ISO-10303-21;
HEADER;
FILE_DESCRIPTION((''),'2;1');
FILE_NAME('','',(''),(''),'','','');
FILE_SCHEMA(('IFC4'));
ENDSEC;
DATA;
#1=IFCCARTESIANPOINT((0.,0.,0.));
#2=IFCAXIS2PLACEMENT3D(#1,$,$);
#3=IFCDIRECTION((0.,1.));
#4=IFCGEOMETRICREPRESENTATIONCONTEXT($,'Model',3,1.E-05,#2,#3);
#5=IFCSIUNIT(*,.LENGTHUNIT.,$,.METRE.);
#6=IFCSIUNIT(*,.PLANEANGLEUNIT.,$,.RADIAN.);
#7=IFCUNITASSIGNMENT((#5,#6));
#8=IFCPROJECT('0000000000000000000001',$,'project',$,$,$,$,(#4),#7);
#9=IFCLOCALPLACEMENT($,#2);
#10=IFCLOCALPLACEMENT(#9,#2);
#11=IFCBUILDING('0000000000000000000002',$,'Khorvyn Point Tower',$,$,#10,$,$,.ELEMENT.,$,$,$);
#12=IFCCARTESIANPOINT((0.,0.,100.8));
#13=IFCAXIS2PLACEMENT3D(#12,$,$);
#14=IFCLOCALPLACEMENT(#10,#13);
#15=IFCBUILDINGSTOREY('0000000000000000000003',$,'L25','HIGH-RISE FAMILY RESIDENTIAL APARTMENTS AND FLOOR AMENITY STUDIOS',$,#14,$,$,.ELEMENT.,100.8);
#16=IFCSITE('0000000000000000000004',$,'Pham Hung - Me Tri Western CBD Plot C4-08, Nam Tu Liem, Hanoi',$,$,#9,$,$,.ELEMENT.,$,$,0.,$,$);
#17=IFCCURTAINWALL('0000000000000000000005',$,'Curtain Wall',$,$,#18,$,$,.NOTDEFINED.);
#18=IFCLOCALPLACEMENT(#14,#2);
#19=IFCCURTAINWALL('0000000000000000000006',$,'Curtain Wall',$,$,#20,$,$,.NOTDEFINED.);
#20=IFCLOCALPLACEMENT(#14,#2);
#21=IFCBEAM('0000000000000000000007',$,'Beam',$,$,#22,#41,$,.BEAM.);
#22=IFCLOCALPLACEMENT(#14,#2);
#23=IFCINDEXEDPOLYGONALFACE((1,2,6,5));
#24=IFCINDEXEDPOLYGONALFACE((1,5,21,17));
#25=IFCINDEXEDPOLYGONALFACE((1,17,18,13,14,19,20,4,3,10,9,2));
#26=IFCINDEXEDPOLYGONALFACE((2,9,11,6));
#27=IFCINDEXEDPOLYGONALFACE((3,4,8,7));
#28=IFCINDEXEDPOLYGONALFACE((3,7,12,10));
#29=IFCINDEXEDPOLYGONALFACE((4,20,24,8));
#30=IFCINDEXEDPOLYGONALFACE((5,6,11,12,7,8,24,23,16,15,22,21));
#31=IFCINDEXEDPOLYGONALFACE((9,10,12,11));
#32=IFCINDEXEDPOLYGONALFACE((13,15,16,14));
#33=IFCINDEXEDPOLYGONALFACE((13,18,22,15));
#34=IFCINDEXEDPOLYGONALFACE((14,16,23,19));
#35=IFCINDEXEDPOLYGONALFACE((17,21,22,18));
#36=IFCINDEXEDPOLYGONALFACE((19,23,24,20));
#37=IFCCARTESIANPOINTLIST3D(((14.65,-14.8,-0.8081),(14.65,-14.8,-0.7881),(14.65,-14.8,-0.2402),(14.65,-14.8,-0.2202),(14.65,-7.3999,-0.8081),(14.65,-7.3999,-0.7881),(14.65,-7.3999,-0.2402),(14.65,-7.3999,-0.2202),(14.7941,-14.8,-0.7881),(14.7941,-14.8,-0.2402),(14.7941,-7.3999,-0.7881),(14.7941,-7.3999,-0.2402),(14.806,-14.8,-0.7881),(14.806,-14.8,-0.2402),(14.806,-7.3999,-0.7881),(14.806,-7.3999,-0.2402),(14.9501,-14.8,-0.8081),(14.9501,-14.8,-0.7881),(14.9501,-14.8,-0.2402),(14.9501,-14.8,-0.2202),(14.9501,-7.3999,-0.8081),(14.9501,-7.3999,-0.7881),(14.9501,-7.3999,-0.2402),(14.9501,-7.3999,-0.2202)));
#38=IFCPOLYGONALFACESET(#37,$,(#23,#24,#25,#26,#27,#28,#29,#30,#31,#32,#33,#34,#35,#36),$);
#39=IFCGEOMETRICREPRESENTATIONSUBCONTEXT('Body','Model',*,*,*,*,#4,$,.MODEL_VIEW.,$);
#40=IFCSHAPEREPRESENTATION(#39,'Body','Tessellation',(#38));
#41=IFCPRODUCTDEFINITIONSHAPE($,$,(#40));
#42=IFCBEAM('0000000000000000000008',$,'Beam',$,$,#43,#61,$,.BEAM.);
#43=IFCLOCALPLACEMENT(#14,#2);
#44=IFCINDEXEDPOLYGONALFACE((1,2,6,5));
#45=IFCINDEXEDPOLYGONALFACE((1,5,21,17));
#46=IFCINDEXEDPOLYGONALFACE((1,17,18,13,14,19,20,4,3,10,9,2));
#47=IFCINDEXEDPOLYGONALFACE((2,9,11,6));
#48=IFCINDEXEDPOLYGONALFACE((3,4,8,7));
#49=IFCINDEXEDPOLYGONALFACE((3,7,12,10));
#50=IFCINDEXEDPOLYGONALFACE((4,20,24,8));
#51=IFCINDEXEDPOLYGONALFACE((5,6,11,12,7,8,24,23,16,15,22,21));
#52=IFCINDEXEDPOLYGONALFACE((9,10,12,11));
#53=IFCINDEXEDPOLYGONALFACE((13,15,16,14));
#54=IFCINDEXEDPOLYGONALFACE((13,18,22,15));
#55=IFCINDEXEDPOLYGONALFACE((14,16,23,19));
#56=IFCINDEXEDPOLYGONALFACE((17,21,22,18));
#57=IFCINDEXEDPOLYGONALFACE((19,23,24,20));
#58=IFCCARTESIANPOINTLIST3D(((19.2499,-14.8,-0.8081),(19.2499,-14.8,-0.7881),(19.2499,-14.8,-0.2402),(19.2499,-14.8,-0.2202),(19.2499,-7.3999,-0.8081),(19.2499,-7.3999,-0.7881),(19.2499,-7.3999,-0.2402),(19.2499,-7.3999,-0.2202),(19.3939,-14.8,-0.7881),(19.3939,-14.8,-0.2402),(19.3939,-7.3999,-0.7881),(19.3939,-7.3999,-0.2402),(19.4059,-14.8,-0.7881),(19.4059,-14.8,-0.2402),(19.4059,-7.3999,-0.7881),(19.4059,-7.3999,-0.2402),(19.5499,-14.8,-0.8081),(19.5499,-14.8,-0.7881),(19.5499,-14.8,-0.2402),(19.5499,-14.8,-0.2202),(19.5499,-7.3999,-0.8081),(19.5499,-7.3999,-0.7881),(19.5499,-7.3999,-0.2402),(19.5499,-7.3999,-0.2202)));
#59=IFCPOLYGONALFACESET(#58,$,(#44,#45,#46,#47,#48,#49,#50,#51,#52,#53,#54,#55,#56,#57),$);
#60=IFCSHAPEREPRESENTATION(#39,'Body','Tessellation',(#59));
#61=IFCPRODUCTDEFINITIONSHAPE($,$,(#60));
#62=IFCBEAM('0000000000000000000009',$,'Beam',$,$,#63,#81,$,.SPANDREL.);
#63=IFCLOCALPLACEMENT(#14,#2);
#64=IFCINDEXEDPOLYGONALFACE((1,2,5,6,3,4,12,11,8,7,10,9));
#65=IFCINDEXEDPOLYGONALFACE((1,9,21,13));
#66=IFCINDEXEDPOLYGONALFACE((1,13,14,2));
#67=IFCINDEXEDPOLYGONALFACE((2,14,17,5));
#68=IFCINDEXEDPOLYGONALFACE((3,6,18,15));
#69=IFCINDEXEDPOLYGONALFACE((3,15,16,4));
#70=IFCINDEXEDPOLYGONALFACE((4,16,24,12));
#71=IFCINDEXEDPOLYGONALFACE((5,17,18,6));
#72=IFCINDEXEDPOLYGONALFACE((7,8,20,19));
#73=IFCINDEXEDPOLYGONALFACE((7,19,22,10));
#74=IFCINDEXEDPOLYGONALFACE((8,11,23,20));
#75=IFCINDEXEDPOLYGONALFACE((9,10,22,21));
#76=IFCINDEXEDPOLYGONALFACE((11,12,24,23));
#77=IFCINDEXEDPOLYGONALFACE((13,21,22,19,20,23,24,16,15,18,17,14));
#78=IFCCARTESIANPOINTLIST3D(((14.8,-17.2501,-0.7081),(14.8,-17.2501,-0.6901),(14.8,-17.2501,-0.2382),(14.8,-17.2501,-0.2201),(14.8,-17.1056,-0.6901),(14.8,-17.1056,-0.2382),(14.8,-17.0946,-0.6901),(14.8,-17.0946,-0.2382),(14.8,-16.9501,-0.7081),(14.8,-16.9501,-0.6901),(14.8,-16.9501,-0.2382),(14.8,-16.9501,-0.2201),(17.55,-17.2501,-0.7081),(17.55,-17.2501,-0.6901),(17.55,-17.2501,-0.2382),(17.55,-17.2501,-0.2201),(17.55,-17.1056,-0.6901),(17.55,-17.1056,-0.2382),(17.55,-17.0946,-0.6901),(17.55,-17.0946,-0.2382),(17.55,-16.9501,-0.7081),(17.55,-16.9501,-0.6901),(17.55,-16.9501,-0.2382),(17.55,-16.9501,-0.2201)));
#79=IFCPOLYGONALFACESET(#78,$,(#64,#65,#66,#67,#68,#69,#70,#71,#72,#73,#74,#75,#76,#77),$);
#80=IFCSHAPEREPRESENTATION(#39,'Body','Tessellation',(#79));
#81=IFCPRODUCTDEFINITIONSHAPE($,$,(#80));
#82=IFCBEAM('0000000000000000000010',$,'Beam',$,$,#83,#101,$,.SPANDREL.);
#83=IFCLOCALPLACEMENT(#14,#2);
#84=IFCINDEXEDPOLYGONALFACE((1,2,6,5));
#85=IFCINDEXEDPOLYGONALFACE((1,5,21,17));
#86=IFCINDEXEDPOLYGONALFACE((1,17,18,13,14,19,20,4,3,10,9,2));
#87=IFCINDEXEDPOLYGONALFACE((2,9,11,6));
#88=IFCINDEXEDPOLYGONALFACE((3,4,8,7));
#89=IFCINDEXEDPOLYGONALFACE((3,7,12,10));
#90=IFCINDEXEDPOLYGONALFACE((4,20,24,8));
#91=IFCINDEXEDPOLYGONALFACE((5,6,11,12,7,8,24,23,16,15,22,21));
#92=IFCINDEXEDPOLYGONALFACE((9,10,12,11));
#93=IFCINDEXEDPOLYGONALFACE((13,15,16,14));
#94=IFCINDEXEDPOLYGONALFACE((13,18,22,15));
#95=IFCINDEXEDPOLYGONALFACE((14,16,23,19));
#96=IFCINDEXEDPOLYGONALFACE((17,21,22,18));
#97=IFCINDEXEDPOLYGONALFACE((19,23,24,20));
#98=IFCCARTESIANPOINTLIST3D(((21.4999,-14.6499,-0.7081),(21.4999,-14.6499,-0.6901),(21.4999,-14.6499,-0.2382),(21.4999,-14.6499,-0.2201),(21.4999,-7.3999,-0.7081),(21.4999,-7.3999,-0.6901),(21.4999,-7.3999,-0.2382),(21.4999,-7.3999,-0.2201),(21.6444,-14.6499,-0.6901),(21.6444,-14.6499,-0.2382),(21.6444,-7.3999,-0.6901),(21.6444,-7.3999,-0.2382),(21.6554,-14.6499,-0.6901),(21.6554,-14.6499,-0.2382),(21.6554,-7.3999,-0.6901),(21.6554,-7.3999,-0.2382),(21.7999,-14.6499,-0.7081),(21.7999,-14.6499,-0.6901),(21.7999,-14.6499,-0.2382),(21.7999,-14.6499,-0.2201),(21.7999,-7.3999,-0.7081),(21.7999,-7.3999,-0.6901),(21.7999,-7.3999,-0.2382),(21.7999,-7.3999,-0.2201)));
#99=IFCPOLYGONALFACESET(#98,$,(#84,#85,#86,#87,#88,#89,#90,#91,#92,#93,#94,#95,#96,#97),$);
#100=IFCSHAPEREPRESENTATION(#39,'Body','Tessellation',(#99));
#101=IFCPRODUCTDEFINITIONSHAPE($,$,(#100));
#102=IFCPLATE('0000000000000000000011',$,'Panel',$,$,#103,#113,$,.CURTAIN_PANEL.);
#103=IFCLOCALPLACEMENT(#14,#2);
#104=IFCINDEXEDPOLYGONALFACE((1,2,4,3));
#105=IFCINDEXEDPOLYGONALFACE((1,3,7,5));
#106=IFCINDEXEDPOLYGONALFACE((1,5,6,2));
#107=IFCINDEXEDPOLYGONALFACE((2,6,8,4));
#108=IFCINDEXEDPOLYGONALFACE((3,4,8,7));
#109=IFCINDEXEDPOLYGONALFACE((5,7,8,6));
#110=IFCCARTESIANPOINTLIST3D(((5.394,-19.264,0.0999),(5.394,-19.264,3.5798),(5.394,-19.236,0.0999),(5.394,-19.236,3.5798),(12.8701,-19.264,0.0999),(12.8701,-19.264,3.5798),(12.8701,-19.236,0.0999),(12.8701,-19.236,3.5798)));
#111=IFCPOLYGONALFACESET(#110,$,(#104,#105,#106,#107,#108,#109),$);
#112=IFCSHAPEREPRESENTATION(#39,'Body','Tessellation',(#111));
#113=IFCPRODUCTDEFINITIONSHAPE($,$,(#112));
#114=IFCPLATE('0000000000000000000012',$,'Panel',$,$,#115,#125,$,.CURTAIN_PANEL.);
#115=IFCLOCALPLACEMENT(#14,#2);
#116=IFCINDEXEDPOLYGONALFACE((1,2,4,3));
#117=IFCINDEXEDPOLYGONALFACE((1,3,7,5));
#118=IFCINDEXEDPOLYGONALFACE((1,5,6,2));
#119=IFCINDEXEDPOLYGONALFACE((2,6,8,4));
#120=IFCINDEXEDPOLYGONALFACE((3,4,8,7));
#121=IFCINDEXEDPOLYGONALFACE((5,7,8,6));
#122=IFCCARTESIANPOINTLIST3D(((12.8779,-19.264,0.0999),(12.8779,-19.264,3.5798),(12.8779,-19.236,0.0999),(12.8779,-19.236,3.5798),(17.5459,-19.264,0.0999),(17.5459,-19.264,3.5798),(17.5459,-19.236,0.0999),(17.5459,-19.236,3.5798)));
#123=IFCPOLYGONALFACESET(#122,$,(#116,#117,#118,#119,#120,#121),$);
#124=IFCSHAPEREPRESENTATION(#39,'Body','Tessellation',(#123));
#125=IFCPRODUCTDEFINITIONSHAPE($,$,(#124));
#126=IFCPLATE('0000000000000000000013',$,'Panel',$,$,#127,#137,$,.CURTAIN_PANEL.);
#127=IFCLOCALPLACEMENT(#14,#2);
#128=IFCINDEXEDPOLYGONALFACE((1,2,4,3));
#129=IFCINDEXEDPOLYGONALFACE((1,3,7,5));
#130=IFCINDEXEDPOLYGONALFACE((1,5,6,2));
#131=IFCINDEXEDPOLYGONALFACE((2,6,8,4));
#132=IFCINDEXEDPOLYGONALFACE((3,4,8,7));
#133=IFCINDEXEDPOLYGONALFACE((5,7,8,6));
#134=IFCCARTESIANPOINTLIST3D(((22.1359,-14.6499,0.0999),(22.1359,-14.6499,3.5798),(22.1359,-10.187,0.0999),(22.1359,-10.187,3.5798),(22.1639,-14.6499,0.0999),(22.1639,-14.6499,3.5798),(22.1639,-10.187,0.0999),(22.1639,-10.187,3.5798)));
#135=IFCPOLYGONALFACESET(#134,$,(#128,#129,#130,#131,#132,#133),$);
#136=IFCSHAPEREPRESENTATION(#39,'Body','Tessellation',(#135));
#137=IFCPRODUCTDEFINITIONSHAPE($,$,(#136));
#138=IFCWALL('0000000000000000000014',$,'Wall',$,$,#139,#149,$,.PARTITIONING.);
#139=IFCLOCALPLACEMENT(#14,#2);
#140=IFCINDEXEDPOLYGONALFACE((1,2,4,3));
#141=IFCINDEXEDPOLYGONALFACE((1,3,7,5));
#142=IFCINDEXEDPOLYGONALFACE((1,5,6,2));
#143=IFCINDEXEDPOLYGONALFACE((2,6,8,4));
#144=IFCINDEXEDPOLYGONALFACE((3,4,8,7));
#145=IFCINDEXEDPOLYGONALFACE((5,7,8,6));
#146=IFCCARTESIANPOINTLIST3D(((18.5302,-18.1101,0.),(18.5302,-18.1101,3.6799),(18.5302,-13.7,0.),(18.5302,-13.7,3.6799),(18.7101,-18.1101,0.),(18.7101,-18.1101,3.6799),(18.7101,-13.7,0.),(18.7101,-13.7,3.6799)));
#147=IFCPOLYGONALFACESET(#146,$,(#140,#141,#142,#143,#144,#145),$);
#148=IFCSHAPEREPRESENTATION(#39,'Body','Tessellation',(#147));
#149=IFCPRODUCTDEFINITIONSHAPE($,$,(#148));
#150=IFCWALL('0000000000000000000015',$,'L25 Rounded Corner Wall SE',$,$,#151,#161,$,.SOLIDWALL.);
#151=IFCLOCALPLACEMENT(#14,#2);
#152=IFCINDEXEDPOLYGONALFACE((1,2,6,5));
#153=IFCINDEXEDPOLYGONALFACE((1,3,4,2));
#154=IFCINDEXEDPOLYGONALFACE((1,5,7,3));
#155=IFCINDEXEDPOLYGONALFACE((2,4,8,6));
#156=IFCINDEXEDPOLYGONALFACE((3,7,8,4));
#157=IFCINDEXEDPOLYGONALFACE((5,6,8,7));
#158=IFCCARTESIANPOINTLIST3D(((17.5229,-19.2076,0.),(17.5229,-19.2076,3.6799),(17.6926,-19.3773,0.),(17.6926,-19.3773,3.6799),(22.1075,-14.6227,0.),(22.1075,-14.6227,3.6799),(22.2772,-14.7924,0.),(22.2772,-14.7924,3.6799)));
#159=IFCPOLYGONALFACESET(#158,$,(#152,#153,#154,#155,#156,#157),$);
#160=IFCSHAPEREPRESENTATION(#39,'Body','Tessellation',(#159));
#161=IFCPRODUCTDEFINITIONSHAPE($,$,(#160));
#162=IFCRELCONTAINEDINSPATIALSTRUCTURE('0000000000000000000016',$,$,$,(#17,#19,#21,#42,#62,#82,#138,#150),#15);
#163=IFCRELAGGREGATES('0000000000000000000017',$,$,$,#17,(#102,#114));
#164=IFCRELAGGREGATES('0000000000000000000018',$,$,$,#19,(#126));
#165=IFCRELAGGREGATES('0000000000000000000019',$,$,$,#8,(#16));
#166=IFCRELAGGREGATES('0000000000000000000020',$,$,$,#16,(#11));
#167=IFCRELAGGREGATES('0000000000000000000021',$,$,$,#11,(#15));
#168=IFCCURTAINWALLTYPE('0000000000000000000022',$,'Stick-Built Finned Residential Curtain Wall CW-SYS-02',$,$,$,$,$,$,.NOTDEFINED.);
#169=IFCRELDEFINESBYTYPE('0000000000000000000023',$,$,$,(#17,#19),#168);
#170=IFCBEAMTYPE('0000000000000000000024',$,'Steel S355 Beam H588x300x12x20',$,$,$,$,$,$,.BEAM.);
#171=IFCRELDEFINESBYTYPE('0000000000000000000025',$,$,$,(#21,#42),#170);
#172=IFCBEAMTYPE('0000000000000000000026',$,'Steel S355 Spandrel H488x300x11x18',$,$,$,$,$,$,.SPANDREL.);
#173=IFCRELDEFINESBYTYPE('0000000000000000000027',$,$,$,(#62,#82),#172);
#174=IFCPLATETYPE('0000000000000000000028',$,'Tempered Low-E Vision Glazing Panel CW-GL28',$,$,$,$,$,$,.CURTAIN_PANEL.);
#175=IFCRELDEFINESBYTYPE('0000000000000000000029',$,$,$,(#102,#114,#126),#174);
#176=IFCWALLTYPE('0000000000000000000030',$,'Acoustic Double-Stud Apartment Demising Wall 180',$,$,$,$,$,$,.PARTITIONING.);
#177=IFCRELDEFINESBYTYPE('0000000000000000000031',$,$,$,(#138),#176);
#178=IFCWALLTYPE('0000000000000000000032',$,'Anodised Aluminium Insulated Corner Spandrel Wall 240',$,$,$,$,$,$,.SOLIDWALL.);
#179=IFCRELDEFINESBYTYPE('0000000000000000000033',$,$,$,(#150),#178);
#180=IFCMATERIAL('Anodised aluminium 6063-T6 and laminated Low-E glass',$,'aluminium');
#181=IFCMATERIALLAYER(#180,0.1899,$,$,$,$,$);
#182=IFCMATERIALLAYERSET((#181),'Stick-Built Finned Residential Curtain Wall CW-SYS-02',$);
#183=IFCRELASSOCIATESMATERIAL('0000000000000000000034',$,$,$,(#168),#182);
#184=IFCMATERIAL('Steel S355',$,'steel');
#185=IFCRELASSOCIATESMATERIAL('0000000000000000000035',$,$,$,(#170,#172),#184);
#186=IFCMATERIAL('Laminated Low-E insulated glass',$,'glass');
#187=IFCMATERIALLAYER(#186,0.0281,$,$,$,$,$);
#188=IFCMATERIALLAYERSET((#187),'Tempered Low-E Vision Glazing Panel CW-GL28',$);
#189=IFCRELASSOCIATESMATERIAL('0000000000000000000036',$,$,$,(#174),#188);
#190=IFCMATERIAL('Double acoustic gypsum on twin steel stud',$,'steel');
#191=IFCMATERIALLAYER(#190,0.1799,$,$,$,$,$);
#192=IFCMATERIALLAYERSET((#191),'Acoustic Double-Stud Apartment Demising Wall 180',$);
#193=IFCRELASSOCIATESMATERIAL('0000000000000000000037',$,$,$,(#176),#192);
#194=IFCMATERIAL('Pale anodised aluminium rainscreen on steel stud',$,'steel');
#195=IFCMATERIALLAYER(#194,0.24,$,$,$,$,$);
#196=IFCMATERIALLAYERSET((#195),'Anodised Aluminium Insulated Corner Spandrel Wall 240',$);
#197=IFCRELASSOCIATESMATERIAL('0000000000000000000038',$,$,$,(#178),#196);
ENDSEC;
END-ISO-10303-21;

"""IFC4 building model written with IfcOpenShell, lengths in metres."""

from ifc_helpers import new_model, si_unit, direction, frame, frame_2d, origin, origin_2d, place, context, subcontext, project, spatial, rectangle, i_section, extrude, material, layer, layer_set, material_profile, profile_set, type_object, element, aggregate, save


model = new_model("IFC4")

# Units and contexts
model_context = context("Model", 3, precision=1e-05, world=origin(), true_north=direction((0.0, 1.0)))
body_context = subcontext(model_context, "Body", "Model", "MODEL_VIEW")
ifc_project = project(units=[si_unit("LENGTHUNIT", "METRE"), si_unit("PLANEANGLEUNIT", "RADIAN")], contexts=[model_context])

# Site, building, storey
site_placement = place(None, origin())
site = spatial("IfcSite", under=ifc_project, at=site_placement, Name="Pham Hung - Me Tri Western CBD Plot C4-08, Nam Tu Liem, Hanoi", CompositionType="ELEMENT", RefElevation=0.0)
building_placement = place(site_placement, origin())
building = spatial("IfcBuilding", under=site, at=building_placement, Name="Khorvyn Point Tower", CompositionType="ELEMENT")
storey_placement = place(building_placement, frame((0.0, 0.0, 100.8)))
storey = spatial("IfcBuildingStorey", under=building, at=storey_placement, Name="L25", Description="HIGH-RISE FAMILY RESIDENTIAL APARTMENTS AND FLOOR AMENITY STUDIOS", CompositionType="ELEMENT", Elevation=100.8)

# Curtain walls
ifc_material_1 = material(Name="Anodised aluminium 6063-T6 and laminated Low-E glass", Category="aluminium")
ifc_layer_1 = layer(ifc_material_1, 0.1899)
ifc_layer_set_1 = layer_set([ifc_layer_1], Name="Stick-Built Finned Residential Curtain Wall CW-SYS-02")
curtain_wall_type = type_object("IfcCurtainWallType", Name="Stick-Built Finned Residential Curtain Wall CW-SYS-02", PredefinedType="NOTDEFINED", material=ifc_layer_set_1)
curtain_wall_1_placement = place(storey_placement, origin())
curtain_wall_1 = element("IfcCurtainWall", 1, at=curtain_wall_1_placement, inside=storey, type_object=curtain_wall_type, Name="Curtain Wall", PredefinedType="NOTDEFINED")
curtain_wall_2_placement = place(storey_placement, origin())
curtain_wall_2 = element("IfcCurtainWall", 2, at=curtain_wall_2_placement, inside=storey, type_object=curtain_wall_type, Name="Curtain Wall", PredefinedType="NOTDEFINED")

# Beams
ifc_material_2 = material(Name="Steel S355", Category="steel")
ifc_material_profile_1 = material_profile(ifc_material_2, i_section(OverallWidth=0.3, OverallDepth=0.5879, WebThickness=0.012, FlangeThickness=0.02, at=origin_2d()))
ifc_profile_set_1 = profile_set([ifc_material_profile_1], Name="Steel S355 H588x300x12x20")
beam_type_1 = type_object("IfcBeamType", Name="Steel S355 Beam H588x300x12x20", PredefinedType="BEAM", material=ifc_profile_set_1)
for number, where, z_axis, x_axis, name in (
    (3, (14.8, -14.8, -0.5142), (0.0, 1.0, 0.0), (-1.0, 0.0, 0.0), "Beam"),
    (4, (19.3999, -14.8, -0.5142), (0.0, 1.0, 0.0), (-1.0, 0.0, 0.0), "Beam"),
):
    element("IfcBeam", number, at=place(storey_placement, frame(where, z_axis=z_axis, x_axis=x_axis)), inside=storey, type_object=beam_type_1, Name=name, PredefinedType="BEAM", context=body_context, shape_type="SweptSolid", body=[
        extrude(i_section(OverallWidth=0.3, OverallDepth=0.5879, WebThickness=0.012, FlangeThickness=0.02, at=origin_2d()), origin(), (0.0, 0.0, 1.0), 7.4001),
    ])
ifc_material_profile_2 = material_profile(ifc_material_2, i_section(OverallWidth=0.3, OverallDepth=0.488, WebThickness=0.011, FlangeThickness=0.0181, at=origin_2d()))
ifc_profile_set_2 = profile_set([ifc_material_profile_2], Name="Steel S355 H488x300x11x18")
beam_type_2 = type_object("IfcBeamType", Name="Steel S355 Spandrel H488x300x11x18", PredefinedType="SPANDREL", material=ifc_profile_set_2)
beam_1_placement = place(storey_placement, frame((14.8, -17.1001, -0.4641), z_axis=(1.0, 0.0, 0.0), x_axis=(0.0, 1.0, 0.0)))
element("IfcBeam", 5, at=beam_1_placement, inside=storey, type_object=beam_type_2, Name="Beam", PredefinedType="SPANDREL", context=body_context, shape_type="SweptSolid", body=[
    extrude(i_section(OverallWidth=0.3, OverallDepth=0.488, WebThickness=0.011, FlangeThickness=0.0181, at=origin_2d()), origin(), (0.0, 0.0, 1.0), 2.75),
])
beam_2_placement = place(storey_placement, frame((21.6499, -14.6499, -0.4641), z_axis=(0.0, 1.0, 0.0), x_axis=(-1.0, 0.0, 0.0)))
element("IfcBeam", 6, at=beam_2_placement, inside=storey, type_object=beam_type_2, Name="Beam", PredefinedType="SPANDREL", context=body_context, shape_type="SweptSolid", body=[
    extrude(i_section(OverallWidth=0.3, OverallDepth=0.488, WebThickness=0.011, FlangeThickness=0.0181, at=origin_2d()), origin(), (0.0, 0.0, 1.0), 7.25),
])

# Plates
ifc_material_3 = material(Name="Laminated Low-E insulated glass", Category="glass")
ifc_layer_2 = layer(ifc_material_3, 0.0281)
ifc_layer_set_2 = layer_set([ifc_layer_2], Name="Tempered Low-E Vision Glazing Panel CW-GL28")
plate_type = type_object("IfcPlateType", Name="Tempered Low-E Vision Glazing Panel CW-GL28", PredefinedType="CURTAIN_PANEL", material=ifc_layer_set_2)
plate_1_placement = place(storey_placement, frame((9.1321, -19.25, 0.0999), z_axis=(0.0, 0.0, 1.0), x_axis=(-1.0, 0.0, 0.0)))
plate_1 = element("IfcPlate", 7, at=plate_1_placement, type_object=plate_type, Name="Panel", PredefinedType="CURTAIN_PANEL", context=body_context, shape_type="SweptSolid", body=[
    extrude(rectangle(XDim=7.4761, YDim=0.0281, at=origin_2d()), origin(), (0.0, 0.0, 1.0), 3.48),
])
plate_2_placement = place(storey_placement, frame((15.2119, -19.25, 0.0999), z_axis=(0.0, 0.0, 1.0), x_axis=(-1.0, 0.0, 0.0)))
plate_2 = element("IfcPlate", 8, at=plate_2_placement, type_object=plate_type, Name="Panel", PredefinedType="CURTAIN_PANEL", context=body_context, shape_type="SweptSolid", body=[
    extrude(rectangle(XDim=4.668, YDim=0.0281, at=origin_2d()), origin(), (0.0, 0.0, 1.0), 3.48),
])
aggregate(curtain_wall_1, [plate_1, plate_2])
plate_3_placement = place(storey_placement, frame((22.1499, -12.4185, 0.0999), z_axis=(0.0, 0.0, 1.0), x_axis=(0.0, -1.0, 0.0)))
plate_3 = element("IfcPlate", 9, at=plate_3_placement, type_object=plate_type, Name="Panel", PredefinedType="CURTAIN_PANEL", context=body_context, shape_type="SweptSolid", body=[
    extrude(rectangle(XDim=4.4629, YDim=0.0281, at=origin_2d()), origin(), (0.0, 0.0, 1.0), 3.48),
])
aggregate(curtain_wall_2, [plate_3])

# Walls
ifc_material_4 = material(Name="Double acoustic gypsum on twin steel stud", Category="steel")
ifc_layer_3 = layer(ifc_material_4, 0.1799)
ifc_layer_set_3 = layer_set([ifc_layer_3], Name="Acoustic Double-Stud Apartment Demising Wall 180")
wall_type_1 = type_object("IfcWallType", Name="Acoustic Double-Stud Apartment Demising Wall 180", PredefinedType="PARTITIONING", material=ifc_layer_set_3)
wall_1_placement = place(storey_placement, frame((18.6201, -18.1101, 0.0), z_axis=(0.0, 0.0, 1.0), x_axis=(0.0, 1.0, 0.0)))
element("IfcWall", 10, at=wall_1_placement, inside=storey, type_object=wall_type_1, Name="Wall", PredefinedType="PARTITIONING", context=body_context, shape_type="SweptSolid", body=[
    extrude(rectangle(XDim=4.4102, YDim=0.1799, at=frame_2d((2.2051, 0.0))), origin(), (0.0, 0.0, 1.0), 3.6799),
])
ifc_material_5 = material(Name="Pale anodised aluminium rainscreen on steel stud", Category="steel")
ifc_layer_4 = layer(ifc_material_5, 0.24)
ifc_layer_set_4 = layer_set([ifc_layer_4], Name="Anodised Aluminium Insulated Corner Spandrel Wall 240")
wall_type_2 = type_object("IfcWallType", Name="Anodised Aluminium Insulated Corner Spandrel Wall 240", PredefinedType="SOLIDWALL", material=ifc_layer_set_4)
wall_2_placement = place(storey_placement, frame((22.1924, -14.7075, 0.0), z_axis=(0.0, 0.0, 1.0), x_axis=(-0.707088, -0.707126, 0.0)))
element("IfcWall", 11, at=wall_2_placement, inside=storey, type_object=wall_type_2, Name="L25 Rounded Corner Wall SE", PredefinedType="SOLIDWALL", context=body_context, shape_type="SweptSolid", body=[
    extrude(rectangle(XDim=6.4839, YDim=0.24, at=frame_2d((3.2419, 0.0))), origin(), (0.0, 0.0, 1.0), 3.6799),
])

save(model, "model.ifc")
